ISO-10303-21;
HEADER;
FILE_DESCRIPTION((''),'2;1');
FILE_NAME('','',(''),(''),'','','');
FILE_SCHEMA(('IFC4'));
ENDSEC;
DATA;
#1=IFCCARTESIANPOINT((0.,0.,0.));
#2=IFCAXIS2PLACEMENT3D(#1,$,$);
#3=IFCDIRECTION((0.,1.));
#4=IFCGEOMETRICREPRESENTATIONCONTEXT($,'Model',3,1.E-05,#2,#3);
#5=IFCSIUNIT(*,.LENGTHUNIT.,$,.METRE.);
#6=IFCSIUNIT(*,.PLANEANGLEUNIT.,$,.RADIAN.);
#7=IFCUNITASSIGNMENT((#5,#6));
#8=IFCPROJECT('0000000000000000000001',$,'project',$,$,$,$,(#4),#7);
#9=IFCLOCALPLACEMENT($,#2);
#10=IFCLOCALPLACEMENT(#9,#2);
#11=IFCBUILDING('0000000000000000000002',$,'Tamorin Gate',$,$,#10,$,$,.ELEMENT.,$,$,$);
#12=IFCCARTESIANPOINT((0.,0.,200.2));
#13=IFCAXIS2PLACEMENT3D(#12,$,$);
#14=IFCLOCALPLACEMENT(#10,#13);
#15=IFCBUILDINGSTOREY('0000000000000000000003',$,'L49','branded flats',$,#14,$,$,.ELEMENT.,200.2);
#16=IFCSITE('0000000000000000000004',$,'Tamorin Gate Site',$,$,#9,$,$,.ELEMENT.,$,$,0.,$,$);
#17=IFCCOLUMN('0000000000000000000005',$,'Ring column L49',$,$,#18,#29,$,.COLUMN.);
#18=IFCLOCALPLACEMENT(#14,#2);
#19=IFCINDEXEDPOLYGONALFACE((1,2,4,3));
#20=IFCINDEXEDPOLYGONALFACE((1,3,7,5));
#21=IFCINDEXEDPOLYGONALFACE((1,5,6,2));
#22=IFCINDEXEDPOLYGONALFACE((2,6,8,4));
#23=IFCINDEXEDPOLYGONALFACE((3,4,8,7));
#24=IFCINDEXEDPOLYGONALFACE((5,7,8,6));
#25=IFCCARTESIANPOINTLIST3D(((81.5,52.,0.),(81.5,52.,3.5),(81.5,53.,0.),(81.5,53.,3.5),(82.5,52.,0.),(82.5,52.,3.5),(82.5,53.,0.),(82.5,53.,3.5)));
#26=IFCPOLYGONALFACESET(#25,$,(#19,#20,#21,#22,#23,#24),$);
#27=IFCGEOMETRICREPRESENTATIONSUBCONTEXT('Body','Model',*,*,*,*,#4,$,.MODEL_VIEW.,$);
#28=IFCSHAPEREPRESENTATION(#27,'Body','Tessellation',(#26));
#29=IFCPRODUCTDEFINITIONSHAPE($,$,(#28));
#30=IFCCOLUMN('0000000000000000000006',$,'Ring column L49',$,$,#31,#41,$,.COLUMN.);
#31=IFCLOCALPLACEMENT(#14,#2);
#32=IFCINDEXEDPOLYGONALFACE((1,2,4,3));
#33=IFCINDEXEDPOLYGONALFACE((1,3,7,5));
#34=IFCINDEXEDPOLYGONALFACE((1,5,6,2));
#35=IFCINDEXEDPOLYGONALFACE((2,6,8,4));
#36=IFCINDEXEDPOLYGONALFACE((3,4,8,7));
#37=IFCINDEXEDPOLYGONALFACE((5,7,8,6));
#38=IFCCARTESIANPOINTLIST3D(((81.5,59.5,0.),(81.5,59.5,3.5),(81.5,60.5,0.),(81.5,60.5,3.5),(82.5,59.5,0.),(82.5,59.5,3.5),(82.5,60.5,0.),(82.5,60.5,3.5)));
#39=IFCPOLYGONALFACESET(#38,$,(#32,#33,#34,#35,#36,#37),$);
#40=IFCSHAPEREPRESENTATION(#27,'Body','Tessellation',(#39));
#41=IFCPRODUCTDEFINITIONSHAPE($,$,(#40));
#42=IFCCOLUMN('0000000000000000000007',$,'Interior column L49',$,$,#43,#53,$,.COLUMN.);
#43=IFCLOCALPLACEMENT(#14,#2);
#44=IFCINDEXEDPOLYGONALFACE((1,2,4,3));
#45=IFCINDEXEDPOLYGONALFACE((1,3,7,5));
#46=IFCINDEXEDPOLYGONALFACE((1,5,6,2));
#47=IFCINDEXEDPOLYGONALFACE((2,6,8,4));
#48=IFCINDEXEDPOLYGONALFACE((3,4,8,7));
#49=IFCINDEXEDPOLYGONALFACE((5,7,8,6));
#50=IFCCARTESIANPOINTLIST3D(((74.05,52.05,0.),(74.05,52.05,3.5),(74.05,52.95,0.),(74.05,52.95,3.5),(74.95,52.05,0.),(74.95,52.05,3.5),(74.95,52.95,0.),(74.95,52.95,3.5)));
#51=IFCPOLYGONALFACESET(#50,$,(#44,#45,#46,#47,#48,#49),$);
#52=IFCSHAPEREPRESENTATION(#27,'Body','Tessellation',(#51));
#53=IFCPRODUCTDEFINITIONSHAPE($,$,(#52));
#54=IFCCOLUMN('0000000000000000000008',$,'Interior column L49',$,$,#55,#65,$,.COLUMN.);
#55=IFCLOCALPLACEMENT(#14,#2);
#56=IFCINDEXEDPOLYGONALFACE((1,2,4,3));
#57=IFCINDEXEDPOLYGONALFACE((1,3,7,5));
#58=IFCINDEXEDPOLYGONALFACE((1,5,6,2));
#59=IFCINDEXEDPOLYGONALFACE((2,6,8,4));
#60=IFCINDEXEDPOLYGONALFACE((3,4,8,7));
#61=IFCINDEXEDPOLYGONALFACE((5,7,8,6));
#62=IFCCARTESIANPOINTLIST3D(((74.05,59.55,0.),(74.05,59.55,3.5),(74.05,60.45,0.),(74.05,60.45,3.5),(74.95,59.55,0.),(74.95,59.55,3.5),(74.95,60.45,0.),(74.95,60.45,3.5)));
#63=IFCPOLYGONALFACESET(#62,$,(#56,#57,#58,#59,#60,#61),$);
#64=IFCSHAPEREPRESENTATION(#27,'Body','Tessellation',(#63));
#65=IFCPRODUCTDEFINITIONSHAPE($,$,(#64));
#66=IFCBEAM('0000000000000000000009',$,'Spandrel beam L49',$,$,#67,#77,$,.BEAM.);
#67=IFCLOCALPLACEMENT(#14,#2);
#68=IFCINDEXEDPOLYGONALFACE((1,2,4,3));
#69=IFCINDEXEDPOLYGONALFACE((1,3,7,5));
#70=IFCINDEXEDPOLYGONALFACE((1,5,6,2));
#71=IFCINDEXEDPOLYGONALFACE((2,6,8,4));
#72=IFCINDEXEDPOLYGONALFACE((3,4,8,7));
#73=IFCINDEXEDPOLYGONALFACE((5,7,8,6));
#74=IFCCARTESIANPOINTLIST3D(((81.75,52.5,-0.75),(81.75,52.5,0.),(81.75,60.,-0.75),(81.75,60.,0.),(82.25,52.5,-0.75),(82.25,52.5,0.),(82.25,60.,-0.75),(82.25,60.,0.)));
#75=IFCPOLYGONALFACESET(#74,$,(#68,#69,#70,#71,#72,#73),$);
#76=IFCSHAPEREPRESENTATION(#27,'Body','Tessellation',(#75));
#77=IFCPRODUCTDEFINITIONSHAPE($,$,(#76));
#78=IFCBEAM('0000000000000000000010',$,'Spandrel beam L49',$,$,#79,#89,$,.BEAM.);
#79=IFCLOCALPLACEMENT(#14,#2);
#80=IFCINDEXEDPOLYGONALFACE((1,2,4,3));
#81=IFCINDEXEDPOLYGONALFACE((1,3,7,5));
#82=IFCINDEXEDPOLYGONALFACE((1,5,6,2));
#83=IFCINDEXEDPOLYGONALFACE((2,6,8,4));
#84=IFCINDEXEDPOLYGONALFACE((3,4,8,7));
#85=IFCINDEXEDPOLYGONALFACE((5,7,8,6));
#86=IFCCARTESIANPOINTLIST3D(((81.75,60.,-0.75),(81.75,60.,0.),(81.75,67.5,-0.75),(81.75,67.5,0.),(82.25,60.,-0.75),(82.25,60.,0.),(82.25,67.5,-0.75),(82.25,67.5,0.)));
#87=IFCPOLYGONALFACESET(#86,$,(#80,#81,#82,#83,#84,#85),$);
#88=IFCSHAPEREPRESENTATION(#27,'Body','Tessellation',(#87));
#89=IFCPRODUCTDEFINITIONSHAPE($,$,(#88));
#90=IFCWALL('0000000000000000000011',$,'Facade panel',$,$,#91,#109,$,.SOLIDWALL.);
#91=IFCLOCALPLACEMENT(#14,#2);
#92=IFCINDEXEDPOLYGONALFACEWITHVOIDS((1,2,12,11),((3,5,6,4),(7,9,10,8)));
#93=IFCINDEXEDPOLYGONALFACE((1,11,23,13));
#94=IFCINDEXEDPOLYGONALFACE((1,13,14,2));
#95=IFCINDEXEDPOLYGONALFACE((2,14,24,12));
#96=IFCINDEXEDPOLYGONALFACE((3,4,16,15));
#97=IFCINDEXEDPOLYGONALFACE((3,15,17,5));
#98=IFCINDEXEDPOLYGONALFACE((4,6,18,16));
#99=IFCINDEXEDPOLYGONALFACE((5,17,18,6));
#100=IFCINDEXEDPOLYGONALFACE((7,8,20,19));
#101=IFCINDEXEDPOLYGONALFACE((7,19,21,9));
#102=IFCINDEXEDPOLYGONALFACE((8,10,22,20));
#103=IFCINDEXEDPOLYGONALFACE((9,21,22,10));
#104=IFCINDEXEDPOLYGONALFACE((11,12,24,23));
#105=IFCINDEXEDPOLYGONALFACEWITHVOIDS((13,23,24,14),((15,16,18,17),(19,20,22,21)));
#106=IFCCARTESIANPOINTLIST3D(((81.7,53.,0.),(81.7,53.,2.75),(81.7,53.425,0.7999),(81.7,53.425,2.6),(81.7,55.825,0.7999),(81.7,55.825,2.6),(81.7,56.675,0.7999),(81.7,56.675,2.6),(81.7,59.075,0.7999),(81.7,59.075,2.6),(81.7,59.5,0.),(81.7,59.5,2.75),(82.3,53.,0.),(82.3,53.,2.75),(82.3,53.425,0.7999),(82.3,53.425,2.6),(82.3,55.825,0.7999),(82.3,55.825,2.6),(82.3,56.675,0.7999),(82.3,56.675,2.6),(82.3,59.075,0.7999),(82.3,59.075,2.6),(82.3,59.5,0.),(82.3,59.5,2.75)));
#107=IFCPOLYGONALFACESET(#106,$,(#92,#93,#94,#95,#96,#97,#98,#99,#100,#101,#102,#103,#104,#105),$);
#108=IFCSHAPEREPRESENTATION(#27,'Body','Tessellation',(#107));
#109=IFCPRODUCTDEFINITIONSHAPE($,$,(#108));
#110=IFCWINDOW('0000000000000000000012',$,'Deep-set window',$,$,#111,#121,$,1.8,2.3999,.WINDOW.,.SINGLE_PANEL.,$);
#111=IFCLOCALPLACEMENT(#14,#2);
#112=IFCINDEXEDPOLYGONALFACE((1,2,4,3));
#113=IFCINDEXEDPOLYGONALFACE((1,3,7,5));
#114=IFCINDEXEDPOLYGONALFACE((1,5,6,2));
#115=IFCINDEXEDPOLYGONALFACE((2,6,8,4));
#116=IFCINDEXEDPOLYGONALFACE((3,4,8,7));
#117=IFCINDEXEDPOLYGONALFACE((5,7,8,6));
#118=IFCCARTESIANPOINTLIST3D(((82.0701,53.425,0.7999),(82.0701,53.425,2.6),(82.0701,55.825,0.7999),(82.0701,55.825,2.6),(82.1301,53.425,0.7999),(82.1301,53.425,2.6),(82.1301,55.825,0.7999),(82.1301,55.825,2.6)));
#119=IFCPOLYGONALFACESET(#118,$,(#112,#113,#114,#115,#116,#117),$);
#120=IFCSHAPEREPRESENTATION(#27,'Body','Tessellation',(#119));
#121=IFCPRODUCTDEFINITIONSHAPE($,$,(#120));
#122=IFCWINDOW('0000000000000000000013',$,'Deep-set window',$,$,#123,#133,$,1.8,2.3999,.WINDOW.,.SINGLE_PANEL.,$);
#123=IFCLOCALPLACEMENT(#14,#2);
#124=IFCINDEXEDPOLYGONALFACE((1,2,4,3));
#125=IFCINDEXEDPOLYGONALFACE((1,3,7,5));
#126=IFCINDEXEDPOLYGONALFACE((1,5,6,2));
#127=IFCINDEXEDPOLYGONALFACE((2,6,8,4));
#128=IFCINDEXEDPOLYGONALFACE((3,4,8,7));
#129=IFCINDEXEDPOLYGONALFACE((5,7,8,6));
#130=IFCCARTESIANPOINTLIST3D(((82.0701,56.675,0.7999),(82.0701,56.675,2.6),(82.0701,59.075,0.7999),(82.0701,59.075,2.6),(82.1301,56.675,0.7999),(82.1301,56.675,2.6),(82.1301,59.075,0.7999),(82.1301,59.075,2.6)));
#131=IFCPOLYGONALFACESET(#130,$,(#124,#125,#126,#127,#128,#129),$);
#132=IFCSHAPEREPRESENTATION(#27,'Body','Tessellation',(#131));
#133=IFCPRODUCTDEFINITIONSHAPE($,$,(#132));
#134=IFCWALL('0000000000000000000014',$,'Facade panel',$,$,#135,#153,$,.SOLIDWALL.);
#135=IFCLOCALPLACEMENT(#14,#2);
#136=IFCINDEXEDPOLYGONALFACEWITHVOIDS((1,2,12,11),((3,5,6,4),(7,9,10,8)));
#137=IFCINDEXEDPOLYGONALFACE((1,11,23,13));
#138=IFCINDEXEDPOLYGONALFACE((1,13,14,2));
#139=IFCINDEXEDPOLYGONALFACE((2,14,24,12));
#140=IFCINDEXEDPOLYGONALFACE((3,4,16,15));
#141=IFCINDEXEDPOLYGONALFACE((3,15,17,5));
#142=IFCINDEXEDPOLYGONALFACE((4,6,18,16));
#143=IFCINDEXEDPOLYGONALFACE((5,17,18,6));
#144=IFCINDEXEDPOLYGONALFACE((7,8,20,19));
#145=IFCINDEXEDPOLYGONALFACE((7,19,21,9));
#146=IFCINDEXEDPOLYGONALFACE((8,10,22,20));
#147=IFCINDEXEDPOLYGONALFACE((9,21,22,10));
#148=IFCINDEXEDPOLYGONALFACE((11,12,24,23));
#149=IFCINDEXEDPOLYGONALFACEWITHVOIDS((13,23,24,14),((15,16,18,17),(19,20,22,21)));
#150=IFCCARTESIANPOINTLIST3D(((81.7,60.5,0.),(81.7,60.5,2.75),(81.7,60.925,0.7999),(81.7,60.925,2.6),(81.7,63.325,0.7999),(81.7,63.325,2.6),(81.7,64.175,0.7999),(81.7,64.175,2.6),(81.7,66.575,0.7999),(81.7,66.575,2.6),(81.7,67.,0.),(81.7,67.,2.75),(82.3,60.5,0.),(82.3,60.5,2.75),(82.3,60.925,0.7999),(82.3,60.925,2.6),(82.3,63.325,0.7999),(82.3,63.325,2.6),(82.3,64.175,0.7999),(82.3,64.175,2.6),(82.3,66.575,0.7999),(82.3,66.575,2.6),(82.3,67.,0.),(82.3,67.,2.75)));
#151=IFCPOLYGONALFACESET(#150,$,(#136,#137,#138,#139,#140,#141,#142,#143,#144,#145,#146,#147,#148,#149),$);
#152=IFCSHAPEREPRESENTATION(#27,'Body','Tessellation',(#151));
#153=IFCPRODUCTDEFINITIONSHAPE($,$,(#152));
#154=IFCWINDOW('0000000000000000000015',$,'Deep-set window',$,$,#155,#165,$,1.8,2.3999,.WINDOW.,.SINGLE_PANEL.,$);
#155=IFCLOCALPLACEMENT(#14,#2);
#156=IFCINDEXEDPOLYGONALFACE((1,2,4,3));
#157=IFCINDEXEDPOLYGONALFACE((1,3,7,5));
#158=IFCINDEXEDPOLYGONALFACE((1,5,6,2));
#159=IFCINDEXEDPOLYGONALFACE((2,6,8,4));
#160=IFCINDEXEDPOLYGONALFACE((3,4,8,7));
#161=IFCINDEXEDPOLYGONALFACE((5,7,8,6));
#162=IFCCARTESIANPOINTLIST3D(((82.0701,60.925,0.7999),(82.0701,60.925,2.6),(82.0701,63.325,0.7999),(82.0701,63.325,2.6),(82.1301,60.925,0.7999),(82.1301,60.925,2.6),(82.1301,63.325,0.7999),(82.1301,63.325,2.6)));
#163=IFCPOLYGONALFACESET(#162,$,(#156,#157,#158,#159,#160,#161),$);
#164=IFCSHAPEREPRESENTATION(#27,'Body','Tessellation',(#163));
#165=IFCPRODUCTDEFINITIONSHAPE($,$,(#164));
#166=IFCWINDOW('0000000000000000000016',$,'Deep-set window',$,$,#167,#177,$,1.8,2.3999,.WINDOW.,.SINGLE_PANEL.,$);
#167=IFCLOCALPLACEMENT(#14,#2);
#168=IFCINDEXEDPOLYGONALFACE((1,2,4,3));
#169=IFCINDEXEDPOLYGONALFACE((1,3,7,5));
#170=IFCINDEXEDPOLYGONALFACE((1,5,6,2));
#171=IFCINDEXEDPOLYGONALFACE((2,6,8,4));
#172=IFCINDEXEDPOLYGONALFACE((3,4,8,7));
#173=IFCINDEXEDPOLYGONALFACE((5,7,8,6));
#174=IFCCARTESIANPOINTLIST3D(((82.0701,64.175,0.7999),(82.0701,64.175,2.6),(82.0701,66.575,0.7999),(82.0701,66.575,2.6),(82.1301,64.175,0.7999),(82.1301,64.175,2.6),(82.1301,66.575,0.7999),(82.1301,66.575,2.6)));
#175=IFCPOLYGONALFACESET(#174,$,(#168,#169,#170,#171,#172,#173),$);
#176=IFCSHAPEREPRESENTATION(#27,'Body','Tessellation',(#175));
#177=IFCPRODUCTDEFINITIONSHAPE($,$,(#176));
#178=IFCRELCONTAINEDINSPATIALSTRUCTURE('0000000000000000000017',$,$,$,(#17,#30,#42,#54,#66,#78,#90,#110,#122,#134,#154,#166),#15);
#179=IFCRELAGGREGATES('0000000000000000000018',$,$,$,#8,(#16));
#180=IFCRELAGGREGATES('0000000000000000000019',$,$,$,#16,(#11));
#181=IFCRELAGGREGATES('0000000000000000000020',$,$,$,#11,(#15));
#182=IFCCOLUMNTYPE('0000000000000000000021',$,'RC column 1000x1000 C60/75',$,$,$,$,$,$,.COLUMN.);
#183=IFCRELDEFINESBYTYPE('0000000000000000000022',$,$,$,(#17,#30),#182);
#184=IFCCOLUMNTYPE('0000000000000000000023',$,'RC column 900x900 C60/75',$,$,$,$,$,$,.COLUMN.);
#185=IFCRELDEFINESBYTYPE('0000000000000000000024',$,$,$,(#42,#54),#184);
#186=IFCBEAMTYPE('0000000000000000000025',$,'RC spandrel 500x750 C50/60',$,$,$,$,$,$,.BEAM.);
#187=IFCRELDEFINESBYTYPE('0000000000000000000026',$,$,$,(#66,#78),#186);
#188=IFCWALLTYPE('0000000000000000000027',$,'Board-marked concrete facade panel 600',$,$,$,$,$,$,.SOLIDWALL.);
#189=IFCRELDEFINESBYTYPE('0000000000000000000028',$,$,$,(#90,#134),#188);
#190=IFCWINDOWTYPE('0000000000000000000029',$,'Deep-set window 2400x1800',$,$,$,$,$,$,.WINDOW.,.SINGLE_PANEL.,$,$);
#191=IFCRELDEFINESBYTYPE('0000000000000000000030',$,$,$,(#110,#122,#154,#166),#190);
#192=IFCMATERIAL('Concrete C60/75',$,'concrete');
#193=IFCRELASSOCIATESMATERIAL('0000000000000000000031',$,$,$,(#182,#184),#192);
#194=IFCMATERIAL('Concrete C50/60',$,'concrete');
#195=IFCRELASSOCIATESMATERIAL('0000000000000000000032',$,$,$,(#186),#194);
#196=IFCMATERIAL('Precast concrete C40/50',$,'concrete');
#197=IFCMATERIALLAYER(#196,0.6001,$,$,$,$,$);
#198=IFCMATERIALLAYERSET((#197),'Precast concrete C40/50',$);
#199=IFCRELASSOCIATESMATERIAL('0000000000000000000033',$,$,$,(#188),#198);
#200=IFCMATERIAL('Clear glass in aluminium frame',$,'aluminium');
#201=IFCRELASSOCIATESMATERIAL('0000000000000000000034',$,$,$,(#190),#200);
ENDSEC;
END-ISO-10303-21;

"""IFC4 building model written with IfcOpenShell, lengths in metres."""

from ifc_helpers import new_model, si_unit, direction, frame, frame_2d, origin, origin_2d, place, context, subcontext, project, spatial, rectangle, extrude, material, layer, layer_set, material_profile, profile_set, type_object, element, fill, save


model = new_model("IFC4")

# Units and contexts
model_context = context("Model", 3, precision=1e-05, world=origin(), true_north=direction((0.0, 1.0)))
body_context = subcontext(model_context, "Body", "Model", "MODEL_VIEW")
ifc_project = project(units=[si_unit("LENGTHUNIT", "METRE"), si_unit("PLANEANGLEUNIT", "RADIAN")], contexts=[model_context])

# Site, building, storey
site_placement = place(None, origin())
site = spatial("IfcSite", under=ifc_project, at=site_placement, Name="Tamorin Gate Site", CompositionType="ELEMENT", RefElevation=0.0)
building_placement = place(site_placement, origin())
building = spatial("IfcBuilding", under=site, at=building_placement, Name="Tamorin Gate", CompositionType="ELEMENT")
storey_placement = place(building_placement, frame((0.0, 0.0, 200.2)))
storey = spatial("IfcBuildingStorey", under=building, at=storey_placement, Name="L49", Description="branded flats", CompositionType="ELEMENT", Elevation=200.2)

# Columns
ifc_material_1 = material(Name="Concrete C60/75", Category="concrete")
ifc_material_profile_1 = material_profile(ifc_material_1, rectangle(XDim=1.0, YDim=1.0, at=origin_2d()), Name="RC 1000x1000")
ifc_profile_set_1 = profile_set([ifc_material_profile_1], Name="Concrete C60/75")
column_type_1 = type_object("IfcColumnType", Name="RC column 1000x1000 C60/75", PredefinedType="COLUMN", material=ifc_profile_set_1)
for number, where, z_axis, x_axis, name in (
    (1, (82.0, 52.5, 0.0), (0.0, 0.0, 1.0), (1.0, 0.0, 0.0), "Ring column L49"),
    (2, (82.0, 60.0, 0.0), (0.0, 0.0, 1.0), (1.0, 0.0, 0.0), "Ring column L49"),
):
    element("IfcColumn", number, at=place(storey_placement, frame(where, z_axis=z_axis, x_axis=x_axis)), inside=storey, type_object=column_type_1, Name=name, PredefinedType="COLUMN", context=body_context, shape_type="SweptSolid", body=[
        extrude(rectangle(XDim=1.0, YDim=1.0, at=origin_2d()), origin(), (0.0, 0.0, 1.0), 3.5),
    ])
ifc_material_profile_2 = material_profile(ifc_material_1, rectangle(XDim=0.8999, YDim=0.8999, at=origin_2d()), Name="RC 900x900")
ifc_profile_set_2 = profile_set([ifc_material_profile_2], Name="Concrete C60/75")
column_type_2 = type_object("IfcColumnType", Name="RC column 900x900 C60/75", PredefinedType="COLUMN", material=ifc_profile_set_2)
for number, where, z_axis, x_axis, name in (
    (3, (74.5, 52.5, 0.0), (0.0, 0.0, 1.0), (1.0, 0.0, 0.0), "Interior column L49"),
    (4, (74.5, 60.0, 0.0), (0.0, 0.0, 1.0), (1.0, 0.0, 0.0), "Interior column L49"),
):
    element("IfcColumn", number, at=place(storey_placement, frame(where, z_axis=z_axis, x_axis=x_axis)), inside=storey, type_object=column_type_2, Name=name, PredefinedType="COLUMN", context=body_context, shape_type="SweptSolid", body=[
        extrude(rectangle(XDim=0.8999, YDim=0.8999, at=origin_2d()), origin(), (0.0, 0.0, 1.0), 3.5),
    ])

# Beams
ifc_material_2 = material(Name="Concrete C50/60", Category="concrete")
ifc_material_profile_3 = material_profile(ifc_material_2, rectangle(XDim=0.5, YDim=0.75, at=origin_2d()), Name="RC 500x750")
ifc_profile_set_3 = profile_set([ifc_material_profile_3], Name="Concrete C50/60")
beam_type = type_object("IfcBeamType", Name="RC spandrel 500x750 C50/60", PredefinedType="BEAM", material=ifc_profile_set_3)
for number, where, z_axis, x_axis, name in (
    (5, (82.0, 52.5, -0.375), (0.0, 1.0, 0.0), (-1.0, 0.0, 0.0), "Spandrel beam L49"),
    (6, (82.0, 60.0, -0.375), (0.0, 1.0, 0.0), (-1.0, 0.0, 0.0), "Spandrel beam L49"),
):
    element("IfcBeam", number, at=place(storey_placement, frame(where, z_axis=z_axis, x_axis=x_axis)), inside=storey, type_object=beam_type, Name=name, PredefinedType="BEAM", context=body_context, shape_type="SweptSolid", body=[
        extrude(rectangle(XDim=0.5, YDim=0.75, at=origin_2d()), origin(), (0.0, 0.0, 1.0), 7.5),
    ])

# Walls, openings, windows
ifc_material_3 = material(Name="Precast concrete C40/50", Category="concrete")
ifc_layer_1 = layer(ifc_material_3, 0.6001)
ifc_layer_set_1 = layer_set([ifc_layer_1], Name="Precast concrete C40/50")
wall_type_1 = type_object("IfcWallType", Name="Board-marked concrete facade panel 600", PredefinedType="SOLIDWALL", material=ifc_layer_set_1)
wall_1_placement = place(storey_placement, frame((82.0, 53.0, 0.0), z_axis=(0.0, 0.0, 1.0), x_axis=(0.0, 1.0, 0.0)))
wall_1 = element("IfcWall", 7, at=wall_1_placement, inside=storey, type_object=wall_type_1, Name="Facade panel", PredefinedType="SOLIDWALL", context=body_context, shape_type="SweptSolid", body=[
    extrude(rectangle(XDim=6.5, YDim=0.6001, at=frame_2d((3.25, 0.0))), origin(), (0.0, 0.0, 1.0), 2.75),
])
opening_1_placement = place(wall_1_placement, frame((0.425, 0.0, 0.8)))
opening_1 = element("IfcOpeningElement", 8, at=opening_1_placement, cuts=wall_1, PredefinedType="OPENING", context=body_context, shape_type="SweptSolid", body=[
    extrude(rectangle(XDim=2.3999, YDim=1.8, at=frame_2d((1.2, 0.8999))), frame((0.0, 0.3101, 0.0), z_axis=(0.0, -1.0, 0.0), x_axis=(1.0, 0.0, 0.0)), (0.0, 0.0, 1.0), 0.6201),
])
opening_2_placement = place(wall_1_placement, frame((3.675, 0.0, 0.8)))
opening_2 = element("IfcOpeningElement", 9, at=opening_2_placement, cuts=wall_1, PredefinedType="OPENING", context=body_context, shape_type="SweptSolid", body=[
    extrude(rectangle(XDim=2.3999, YDim=1.8, at=frame_2d((1.2, 0.8999))), frame((0.0, 0.3101, 0.0), z_axis=(0.0, -1.0, 0.0), x_axis=(1.0, 0.0, 0.0)), (0.0, 0.0, 1.0), 0.6201),
])
ifc_material_4 = material(Name="Clear glass in aluminium frame", Category="aluminium")
window_type = type_object("IfcWindowType", Name="Deep-set window 2400x1800", PartitioningType="SINGLE_PANEL", PredefinedType="WINDOW", material=ifc_material_4)
window_1_placement = place(opening_1_placement, origin())
window_1 = element("IfcWindow", 10, at=window_1_placement, inside=storey, type_object=window_type, Name="Deep-set window", OverallHeight=1.8, OverallWidth=2.3999, PartitioningType="SINGLE_PANEL", PredefinedType="WINDOW", context=body_context, shape_type="SweptSolid", body=[
    extrude(rectangle(XDim=2.3999, YDim=1.8, at=frame_2d((1.2, 0.8999))), frame((0.0, -0.0701, 0.0), z_axis=(0.0, -1.0, 0.0), x_axis=(1.0, 0.0, 0.0)), (0.0, 0.0, 1.0), 0.0601),
])
fill(opening_1, window_1)
window_2_placement = place(opening_2_placement, origin())
window_2 = element("IfcWindow", 11, at=window_2_placement, inside=storey, type_object=window_type, Name="Deep-set window", OverallHeight=1.8, OverallWidth=2.3999, PartitioningType="SINGLE_PANEL", PredefinedType="WINDOW", context=body_context, shape_type="SweptSolid", body=[
    extrude(rectangle(XDim=2.3999, YDim=1.8, at=frame_2d((1.2, 0.8999))), frame((0.0, -0.0701, 0.0), z_axis=(0.0, -1.0, 0.0), x_axis=(1.0, 0.0, 0.0)), (0.0, 0.0, 1.0), 0.0601),
])
fill(opening_2, window_2)
wall_2_placement = place(storey_placement, frame((82.0, 60.5, 0.0), z_axis=(0.0, 0.0, 1.0), x_axis=(0.0, 1.0, 0.0)))
wall_2 = element("IfcWall", 12, at=wall_2_placement, inside=storey, type_object=wall_type_1, Name="Facade panel", PredefinedType="SOLIDWALL", context=body_context, shape_type="SweptSolid", body=[
    extrude(rectangle(XDim=6.5, YDim=0.6001, at=frame_2d((3.25, 0.0))), origin(), (0.0, 0.0, 1.0), 2.75),
])
opening_3_placement = place(wall_2_placement, frame((0.425, 0.0, 0.8)))
opening_3 = element("IfcOpeningElement", 13, at=opening_3_placement, cuts=wall_2, PredefinedType="OPENING", context=body_context, shape_type="SweptSolid", body=[
    extrude(rectangle(XDim=2.3999, YDim=1.8, at=frame_2d((1.2, 0.8999))), frame((0.0, 0.3101, 0.0), z_axis=(0.0, -1.0, 0.0), x_axis=(1.0, 0.0, 0.0)), (0.0, 0.0, 1.0), 0.6201),
])
opening_4_placement = place(wall_2_placement, frame((3.675, 0.0, 0.8)))
opening_4 = element("IfcOpeningElement", 14, at=opening_4_placement, cuts=wall_2, PredefinedType="OPENING", context=body_context, shape_type="SweptSolid", body=[
    extrude(rectangle(XDim=2.3999, YDim=1.8, at=frame_2d((1.2, 0.8999))), frame((0.0, 0.3101, 0.0), z_axis=(0.0, -1.0, 0.0), x_axis=(1.0, 0.0, 0.0)), (0.0, 0.0, 1.0), 0.6201),
])
window_3_placement = place(opening_3_placement, origin())
window_3 = element("IfcWindow", 15, at=window_3_placement, inside=storey, type_object=window_type, Name="Deep-set window", OverallHeight=1.8, OverallWidth=2.3999, PartitioningType="SINGLE_PANEL", PredefinedType="WINDOW", context=body_context, shape_type="SweptSolid", body=[
    extrude(rectangle(XDim=2.3999, YDim=1.8, at=frame_2d((1.2, 0.8999))), frame((0.0, -0.0701, 0.0), z_axis=(0.0, -1.0, 0.0), x_axis=(1.0, 0.0, 0.0)), (0.0, 0.0, 1.0), 0.0601),
])
fill(opening_3, window_3)
window_4_placement = place(opening_4_placement, origin())
window_4 = element("IfcWindow", 16, at=window_4_placement, inside=storey, type_object=window_type, Name="Deep-set window", OverallHeight=1.8, OverallWidth=2.3999, PartitioningType="SINGLE_PANEL", PredefinedType="WINDOW", context=body_context, shape_type="SweptSolid", body=[
    extrude(rectangle(XDim=2.3999, YDim=1.8, at=frame_2d((1.2, 0.8999))), frame((0.0, -0.0701, 0.0), z_axis=(0.0, -1.0, 0.0), x_axis=(1.0, 0.0, 0.0)), (0.0, 0.0, 1.0), 0.0601),
])
fill(opening_4, window_4)

save(model, "model.ifc")
